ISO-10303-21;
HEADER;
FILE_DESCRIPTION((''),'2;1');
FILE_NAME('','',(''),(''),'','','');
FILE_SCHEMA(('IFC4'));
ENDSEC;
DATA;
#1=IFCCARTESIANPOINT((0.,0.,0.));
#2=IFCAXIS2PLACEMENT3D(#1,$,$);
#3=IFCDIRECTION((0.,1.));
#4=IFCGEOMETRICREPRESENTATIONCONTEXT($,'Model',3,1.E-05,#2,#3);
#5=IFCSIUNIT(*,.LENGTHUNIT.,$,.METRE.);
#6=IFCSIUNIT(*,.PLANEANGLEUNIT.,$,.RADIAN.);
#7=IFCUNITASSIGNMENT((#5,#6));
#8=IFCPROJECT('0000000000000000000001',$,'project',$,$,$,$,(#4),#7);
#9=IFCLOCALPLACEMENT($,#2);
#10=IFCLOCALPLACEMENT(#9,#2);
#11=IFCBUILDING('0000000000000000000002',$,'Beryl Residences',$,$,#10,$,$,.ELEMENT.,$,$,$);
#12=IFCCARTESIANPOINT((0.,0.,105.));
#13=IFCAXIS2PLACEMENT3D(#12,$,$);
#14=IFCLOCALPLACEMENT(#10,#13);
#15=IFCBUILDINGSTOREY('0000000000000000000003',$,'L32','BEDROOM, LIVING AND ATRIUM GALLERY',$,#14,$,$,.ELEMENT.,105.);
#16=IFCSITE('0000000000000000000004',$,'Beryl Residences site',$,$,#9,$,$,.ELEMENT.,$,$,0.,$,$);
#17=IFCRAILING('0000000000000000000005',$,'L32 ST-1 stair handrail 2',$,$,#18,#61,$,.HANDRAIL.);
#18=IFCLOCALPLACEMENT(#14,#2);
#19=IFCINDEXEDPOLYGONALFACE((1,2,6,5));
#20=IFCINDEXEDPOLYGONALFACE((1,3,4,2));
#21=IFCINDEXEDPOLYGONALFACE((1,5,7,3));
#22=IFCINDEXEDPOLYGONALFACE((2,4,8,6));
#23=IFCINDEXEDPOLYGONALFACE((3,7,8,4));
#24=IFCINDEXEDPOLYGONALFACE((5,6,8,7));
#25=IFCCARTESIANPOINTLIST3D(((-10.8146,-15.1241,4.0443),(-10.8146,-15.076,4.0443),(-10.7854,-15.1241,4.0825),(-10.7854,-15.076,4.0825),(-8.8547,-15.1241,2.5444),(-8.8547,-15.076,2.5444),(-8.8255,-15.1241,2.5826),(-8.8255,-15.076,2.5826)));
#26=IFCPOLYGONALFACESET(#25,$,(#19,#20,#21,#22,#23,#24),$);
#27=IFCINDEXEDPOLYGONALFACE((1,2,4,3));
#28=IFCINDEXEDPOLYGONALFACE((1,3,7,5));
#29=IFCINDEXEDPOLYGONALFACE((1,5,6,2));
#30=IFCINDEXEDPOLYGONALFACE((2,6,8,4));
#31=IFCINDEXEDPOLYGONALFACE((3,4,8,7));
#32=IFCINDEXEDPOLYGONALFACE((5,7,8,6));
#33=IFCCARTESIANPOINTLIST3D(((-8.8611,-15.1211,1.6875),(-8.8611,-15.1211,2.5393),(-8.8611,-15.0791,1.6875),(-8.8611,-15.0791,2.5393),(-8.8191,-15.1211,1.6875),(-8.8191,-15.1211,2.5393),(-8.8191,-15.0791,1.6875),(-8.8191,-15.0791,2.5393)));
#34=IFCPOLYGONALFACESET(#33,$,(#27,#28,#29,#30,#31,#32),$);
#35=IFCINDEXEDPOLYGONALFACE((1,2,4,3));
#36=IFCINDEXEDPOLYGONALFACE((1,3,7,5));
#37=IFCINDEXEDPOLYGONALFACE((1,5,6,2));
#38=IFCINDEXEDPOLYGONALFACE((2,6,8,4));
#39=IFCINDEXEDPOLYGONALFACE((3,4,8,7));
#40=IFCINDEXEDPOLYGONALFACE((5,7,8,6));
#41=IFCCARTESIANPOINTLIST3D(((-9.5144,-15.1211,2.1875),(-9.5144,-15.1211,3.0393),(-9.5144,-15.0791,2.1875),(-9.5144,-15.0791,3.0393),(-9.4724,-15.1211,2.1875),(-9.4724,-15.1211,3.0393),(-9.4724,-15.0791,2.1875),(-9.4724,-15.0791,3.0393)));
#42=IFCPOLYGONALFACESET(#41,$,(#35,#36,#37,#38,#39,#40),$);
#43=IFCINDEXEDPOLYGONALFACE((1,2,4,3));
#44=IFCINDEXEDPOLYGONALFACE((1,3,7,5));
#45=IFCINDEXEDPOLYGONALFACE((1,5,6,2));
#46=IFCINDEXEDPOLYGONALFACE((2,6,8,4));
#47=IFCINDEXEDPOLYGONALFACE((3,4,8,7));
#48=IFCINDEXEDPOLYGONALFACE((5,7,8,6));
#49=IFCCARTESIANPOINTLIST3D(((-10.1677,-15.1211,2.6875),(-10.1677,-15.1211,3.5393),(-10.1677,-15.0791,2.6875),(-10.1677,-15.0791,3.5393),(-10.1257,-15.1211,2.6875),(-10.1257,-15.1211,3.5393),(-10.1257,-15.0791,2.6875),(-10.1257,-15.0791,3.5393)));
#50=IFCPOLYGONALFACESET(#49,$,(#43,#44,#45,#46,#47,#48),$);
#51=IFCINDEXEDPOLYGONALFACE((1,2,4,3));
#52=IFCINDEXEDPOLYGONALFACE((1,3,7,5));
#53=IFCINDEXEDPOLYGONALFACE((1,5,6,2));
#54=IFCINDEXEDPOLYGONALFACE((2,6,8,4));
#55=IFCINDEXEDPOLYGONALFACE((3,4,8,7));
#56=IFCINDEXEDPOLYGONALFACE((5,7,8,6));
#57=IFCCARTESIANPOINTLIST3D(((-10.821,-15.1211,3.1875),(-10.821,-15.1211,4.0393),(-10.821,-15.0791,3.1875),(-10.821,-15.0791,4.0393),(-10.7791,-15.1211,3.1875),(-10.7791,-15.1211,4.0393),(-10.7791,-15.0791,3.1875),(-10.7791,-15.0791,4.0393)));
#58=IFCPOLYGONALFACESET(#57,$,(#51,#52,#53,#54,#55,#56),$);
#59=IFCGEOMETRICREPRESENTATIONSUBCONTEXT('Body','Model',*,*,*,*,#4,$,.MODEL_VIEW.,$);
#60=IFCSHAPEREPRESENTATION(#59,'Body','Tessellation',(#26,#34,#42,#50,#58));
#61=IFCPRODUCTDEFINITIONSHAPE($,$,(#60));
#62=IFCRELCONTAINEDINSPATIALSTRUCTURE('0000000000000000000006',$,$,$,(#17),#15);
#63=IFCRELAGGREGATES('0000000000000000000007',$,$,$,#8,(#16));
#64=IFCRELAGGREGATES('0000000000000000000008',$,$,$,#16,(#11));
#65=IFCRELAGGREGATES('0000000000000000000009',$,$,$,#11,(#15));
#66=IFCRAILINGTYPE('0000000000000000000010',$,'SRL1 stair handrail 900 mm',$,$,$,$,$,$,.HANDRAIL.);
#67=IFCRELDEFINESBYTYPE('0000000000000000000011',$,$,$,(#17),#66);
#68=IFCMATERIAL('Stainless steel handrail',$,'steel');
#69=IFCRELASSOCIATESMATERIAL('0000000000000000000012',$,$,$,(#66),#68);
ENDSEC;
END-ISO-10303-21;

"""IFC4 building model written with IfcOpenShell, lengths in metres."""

from ifc_helpers import new_model, si_unit, direction, frame, origin, origin_2d, place, context, subcontext, project, spatial, rectangle, extrude, material, type_object, element, save


model = new_model("IFC4")

# Units and contexts
model_context = context("Model", 3, precision=1e-05, world=origin(), true_north=direction((0.0, 1.0)))
body_context = subcontext(model_context, "Body", "Model", "MODEL_VIEW")
ifc_project = project(units=[si_unit("LENGTHUNIT", "METRE"), si_unit("PLANEANGLEUNIT", "RADIAN")], contexts=[model_context])

# Site, building, storey
site_placement = place(None, origin())
site = spatial("IfcSite", under=ifc_project, at=site_placement, Name="Beryl Residences site", CompositionType="ELEMENT", RefElevation=0.0)
building_placement = place(site_placement, origin())
building = spatial("IfcBuilding", under=site, at=building_placement, Name="Beryl Residences", CompositionType="ELEMENT")
storey_placement = place(building_placement, frame((0.0, 0.0, 105.0)))
storey = spatial("IfcBuildingStorey", under=building, at=storey_placement, Name="L32", Description="BEDROOM, LIVING AND ATRIUM GALLERY", CompositionType="ELEMENT", Elevation=105.0)

# Railing
ifc_material_1 = material(Name="Stainless steel handrail", Category="steel")
railing_type_1 = type_object("IfcRailingType", Name="SRL1 stair handrail 900 mm", PredefinedType="HANDRAIL", material=ifc_material_1)
railing_1_placement = place(storey_placement, frame((-8.8401, -15.1001, 1.6875)))
element("IfcRailing", 1, at=railing_1_placement, inside=storey, type_object=railing_type_1, Name="L32 ST-1 stair handrail 2", PredefinedType="HANDRAIL", context=body_context, shape_type="SweptSolid", body=[
    extrude(rectangle(XDim=0.0481, YDim=0.0481, at=origin_2d()), frame((0.0, 0.0, 0.876), z_axis=(-0.794122, 0.0, 0.607758), x_axis=(0.0, -1.0, 0.0)), (0.0, 0.0, 1.0), 2.468),
    extrude(rectangle(XDim=0.042, YDim=0.042, at=origin_2d()), origin(), (0.0, 0.0, 1.0), 0.8518),
    extrude(rectangle(XDim=0.042, YDim=0.042, at=origin_2d()), frame((-0.6533, 0.0, 0.5)), (0.0, 0.0, 1.0), 0.8518),
    extrude(rectangle(XDim=0.042, YDim=0.042, at=origin_2d()), frame((-1.3066, 0.0, 1.0)), (0.0, 0.0, 1.0), 0.8518),
    extrude(rectangle(XDim=0.042, YDim=0.042, at=origin_2d()), frame((-1.96, 0.0, 1.5)), (0.0, 0.0, 1.0), 0.8518),
])

save(model, "model.ifc")
